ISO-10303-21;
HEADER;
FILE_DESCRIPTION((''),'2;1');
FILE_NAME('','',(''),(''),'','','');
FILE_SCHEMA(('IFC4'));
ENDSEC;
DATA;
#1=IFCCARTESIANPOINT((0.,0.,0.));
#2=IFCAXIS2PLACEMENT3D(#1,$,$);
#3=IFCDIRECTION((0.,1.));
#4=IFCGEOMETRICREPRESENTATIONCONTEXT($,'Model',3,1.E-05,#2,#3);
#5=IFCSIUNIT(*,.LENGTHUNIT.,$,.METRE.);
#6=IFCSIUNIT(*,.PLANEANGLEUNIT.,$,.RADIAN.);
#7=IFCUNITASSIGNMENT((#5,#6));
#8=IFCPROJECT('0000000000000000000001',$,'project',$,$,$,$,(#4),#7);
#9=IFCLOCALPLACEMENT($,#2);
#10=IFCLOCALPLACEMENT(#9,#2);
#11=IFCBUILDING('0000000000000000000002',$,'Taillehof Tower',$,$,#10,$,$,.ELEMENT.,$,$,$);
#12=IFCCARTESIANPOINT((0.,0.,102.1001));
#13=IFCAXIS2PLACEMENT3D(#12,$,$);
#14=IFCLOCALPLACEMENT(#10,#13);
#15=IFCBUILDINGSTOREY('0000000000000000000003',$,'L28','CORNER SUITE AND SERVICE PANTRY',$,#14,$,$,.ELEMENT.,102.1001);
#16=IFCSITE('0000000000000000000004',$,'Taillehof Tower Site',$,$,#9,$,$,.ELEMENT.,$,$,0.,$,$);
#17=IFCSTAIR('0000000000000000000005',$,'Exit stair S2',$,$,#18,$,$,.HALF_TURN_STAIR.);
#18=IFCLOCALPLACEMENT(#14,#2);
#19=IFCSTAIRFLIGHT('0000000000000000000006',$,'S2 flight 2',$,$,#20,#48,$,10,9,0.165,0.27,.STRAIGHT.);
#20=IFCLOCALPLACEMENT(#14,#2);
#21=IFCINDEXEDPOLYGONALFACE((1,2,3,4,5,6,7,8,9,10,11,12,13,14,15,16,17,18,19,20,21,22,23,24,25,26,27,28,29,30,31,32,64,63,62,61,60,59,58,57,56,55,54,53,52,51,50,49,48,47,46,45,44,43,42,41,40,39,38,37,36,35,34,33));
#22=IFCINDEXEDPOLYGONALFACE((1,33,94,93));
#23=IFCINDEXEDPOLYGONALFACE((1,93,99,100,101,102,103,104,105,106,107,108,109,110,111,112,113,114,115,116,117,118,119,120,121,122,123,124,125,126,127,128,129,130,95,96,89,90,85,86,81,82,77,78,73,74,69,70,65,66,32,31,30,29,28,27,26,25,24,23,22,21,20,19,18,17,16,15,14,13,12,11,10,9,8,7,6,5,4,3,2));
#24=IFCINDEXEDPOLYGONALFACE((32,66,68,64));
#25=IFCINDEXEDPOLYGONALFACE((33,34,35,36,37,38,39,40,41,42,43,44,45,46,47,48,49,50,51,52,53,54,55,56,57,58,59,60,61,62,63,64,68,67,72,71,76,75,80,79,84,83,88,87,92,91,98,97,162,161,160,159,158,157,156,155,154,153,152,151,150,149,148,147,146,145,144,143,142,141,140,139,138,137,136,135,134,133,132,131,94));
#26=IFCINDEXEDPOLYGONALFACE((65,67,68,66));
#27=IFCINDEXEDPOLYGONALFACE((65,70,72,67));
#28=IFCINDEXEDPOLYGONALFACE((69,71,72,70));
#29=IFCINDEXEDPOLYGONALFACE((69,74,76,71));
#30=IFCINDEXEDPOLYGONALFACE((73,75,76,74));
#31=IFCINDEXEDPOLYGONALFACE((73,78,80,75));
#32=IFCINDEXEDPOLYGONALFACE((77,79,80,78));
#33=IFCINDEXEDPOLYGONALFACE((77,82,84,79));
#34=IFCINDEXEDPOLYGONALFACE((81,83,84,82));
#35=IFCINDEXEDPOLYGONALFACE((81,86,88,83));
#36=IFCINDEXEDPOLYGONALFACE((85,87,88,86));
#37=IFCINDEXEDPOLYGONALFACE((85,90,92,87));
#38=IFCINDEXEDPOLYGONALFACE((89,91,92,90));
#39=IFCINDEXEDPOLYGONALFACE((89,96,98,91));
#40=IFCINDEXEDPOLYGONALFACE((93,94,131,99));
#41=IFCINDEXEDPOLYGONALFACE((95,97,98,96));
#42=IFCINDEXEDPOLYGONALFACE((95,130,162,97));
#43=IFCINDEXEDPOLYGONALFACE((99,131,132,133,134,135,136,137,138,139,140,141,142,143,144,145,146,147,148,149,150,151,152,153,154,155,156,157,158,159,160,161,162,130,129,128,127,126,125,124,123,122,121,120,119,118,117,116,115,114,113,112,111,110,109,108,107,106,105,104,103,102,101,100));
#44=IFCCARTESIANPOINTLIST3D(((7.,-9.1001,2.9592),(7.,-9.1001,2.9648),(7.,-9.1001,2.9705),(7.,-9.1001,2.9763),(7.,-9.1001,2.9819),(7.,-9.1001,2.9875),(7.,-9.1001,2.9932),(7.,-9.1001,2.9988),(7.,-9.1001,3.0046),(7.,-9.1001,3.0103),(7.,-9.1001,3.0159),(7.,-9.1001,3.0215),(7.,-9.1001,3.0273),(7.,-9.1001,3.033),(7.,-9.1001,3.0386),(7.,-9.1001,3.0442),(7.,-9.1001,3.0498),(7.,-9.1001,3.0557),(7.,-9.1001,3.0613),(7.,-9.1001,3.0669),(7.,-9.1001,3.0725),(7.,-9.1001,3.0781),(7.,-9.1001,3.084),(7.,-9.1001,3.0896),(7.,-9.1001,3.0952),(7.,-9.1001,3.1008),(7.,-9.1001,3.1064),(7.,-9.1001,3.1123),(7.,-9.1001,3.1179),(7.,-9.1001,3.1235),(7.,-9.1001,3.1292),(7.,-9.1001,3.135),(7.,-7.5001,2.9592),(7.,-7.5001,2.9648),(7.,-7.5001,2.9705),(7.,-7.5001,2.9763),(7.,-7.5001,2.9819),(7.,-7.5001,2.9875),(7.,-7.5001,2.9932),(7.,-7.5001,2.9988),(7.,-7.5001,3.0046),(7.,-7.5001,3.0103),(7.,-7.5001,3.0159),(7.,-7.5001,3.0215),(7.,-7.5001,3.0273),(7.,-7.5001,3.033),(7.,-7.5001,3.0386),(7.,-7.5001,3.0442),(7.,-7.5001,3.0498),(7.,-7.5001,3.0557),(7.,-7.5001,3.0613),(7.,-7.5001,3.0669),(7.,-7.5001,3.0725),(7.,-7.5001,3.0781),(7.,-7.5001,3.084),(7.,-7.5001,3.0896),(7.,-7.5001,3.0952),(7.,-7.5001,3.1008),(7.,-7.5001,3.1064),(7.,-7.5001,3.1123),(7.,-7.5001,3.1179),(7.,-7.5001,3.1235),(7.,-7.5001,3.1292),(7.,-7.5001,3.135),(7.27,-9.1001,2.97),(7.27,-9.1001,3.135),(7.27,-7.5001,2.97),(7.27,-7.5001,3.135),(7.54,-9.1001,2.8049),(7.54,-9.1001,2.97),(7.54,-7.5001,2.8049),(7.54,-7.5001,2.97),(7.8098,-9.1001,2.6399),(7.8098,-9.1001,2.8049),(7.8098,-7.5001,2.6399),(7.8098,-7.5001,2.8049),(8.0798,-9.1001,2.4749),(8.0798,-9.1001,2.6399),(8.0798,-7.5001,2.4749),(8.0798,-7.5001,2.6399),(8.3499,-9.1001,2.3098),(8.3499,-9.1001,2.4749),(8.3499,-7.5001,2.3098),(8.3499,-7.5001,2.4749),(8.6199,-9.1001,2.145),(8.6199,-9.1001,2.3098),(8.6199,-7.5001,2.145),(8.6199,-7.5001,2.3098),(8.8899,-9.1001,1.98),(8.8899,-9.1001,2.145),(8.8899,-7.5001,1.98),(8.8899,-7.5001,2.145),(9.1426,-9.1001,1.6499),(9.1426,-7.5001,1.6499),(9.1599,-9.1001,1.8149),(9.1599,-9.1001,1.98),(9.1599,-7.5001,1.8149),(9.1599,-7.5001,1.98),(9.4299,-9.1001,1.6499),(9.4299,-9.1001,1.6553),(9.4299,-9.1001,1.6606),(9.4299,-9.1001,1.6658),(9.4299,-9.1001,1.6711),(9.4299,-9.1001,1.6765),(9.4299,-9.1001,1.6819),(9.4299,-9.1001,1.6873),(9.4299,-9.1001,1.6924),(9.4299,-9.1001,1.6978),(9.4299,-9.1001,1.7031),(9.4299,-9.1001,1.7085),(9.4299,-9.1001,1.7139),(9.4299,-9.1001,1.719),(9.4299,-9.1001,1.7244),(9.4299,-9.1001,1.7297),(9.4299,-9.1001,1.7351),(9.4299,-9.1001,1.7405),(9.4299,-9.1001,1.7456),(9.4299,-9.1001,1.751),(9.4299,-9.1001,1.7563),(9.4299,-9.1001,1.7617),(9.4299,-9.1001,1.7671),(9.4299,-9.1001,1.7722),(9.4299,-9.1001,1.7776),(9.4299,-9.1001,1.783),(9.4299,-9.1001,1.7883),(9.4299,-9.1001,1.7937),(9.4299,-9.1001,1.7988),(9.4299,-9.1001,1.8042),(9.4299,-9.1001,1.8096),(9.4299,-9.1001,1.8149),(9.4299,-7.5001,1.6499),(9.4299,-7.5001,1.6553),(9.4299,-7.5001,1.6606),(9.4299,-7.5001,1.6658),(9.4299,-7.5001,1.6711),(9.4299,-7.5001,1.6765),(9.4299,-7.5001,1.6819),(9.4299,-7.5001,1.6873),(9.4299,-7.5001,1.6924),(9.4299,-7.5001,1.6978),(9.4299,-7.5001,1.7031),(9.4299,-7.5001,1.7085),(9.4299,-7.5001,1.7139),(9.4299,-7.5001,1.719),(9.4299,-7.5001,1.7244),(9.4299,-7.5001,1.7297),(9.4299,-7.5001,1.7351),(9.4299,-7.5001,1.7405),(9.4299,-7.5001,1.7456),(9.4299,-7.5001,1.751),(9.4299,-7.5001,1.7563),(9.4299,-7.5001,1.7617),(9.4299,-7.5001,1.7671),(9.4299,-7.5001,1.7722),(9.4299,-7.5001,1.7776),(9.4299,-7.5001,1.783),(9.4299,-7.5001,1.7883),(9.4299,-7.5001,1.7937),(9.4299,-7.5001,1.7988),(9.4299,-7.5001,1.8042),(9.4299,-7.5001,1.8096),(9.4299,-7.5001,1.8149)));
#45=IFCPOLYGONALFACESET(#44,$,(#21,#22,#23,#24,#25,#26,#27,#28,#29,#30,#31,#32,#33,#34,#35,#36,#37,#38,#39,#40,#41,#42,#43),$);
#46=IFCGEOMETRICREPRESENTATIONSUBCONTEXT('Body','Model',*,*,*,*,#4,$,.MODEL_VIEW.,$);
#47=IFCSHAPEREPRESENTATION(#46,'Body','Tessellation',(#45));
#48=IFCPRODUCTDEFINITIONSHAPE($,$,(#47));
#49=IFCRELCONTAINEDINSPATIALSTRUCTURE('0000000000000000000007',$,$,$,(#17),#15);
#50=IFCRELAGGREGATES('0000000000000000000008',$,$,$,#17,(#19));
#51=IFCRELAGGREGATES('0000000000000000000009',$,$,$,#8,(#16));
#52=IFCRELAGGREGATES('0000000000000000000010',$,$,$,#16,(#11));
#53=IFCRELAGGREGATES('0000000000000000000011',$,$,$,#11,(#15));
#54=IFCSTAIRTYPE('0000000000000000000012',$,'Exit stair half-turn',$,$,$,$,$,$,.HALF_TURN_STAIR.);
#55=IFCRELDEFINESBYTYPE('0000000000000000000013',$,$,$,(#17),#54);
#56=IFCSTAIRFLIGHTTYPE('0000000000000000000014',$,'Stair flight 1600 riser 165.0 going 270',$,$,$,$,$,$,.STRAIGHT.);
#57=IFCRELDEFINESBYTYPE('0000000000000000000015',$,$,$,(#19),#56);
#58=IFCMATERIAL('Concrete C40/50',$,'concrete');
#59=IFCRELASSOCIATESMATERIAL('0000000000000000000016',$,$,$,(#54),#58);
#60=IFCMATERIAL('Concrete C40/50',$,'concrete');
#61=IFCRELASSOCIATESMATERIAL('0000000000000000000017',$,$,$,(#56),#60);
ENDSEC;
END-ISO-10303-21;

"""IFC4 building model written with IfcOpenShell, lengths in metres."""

from ifc_helpers import new_model, si_unit, direction, frame, origin, place, context, subcontext, project, spatial, polyline, outline, extrude, material, type_object, element, aggregate, save


model = new_model("IFC4")

# Units and contexts
model_context = context("Model", 3, precision=1e-05, world=origin(), true_north=direction((0.0, 1.0)))
body_context = subcontext(model_context, "Body", "Model", "MODEL_VIEW")
ifc_project = project(units=[si_unit("LENGTHUNIT", "METRE"), si_unit("PLANEANGLEUNIT", "RADIAN")], contexts=[model_context])

# Site, building, storey
site_placement = place(None, origin())
site = spatial("IfcSite", under=ifc_project, at=site_placement, Name="Taillehof Tower Site", CompositionType="ELEMENT", RefElevation=0.0)
building_placement = place(site_placement, origin())
building = spatial("IfcBuilding", under=site, at=building_placement, Name="Taillehof Tower", CompositionType="ELEMENT")
storey_placement = place(building_placement, frame((0.0, 0.0, 102.1001)))
storey = spatial("IfcBuildingStorey", under=building, at=storey_placement, Name="L28", Description="CORNER SUITE AND SERVICE PANTRY", CompositionType="ELEMENT", Elevation=102.1001)

# Stair, stair flight
ifc_material_1 = material(Name="Concrete C40/50", Category="concrete")
stair_type = type_object("IfcStairType", Name="Exit stair half-turn", PredefinedType="HALF_TURN_STAIR", material=ifc_material_1)
stair_placement = place(storey_placement, origin())
stair = element("IfcStair", 1, at=stair_placement, inside=storey, type_object=stair_type, Name="Exit stair S2", PredefinedType="HALF_TURN_STAIR")
ifc_material_2 = material(Name="Concrete C40/50", Category="concrete")
stair_flight_type = type_object("IfcStairFlightType", Name="Stair flight 1600 riser 165.0 going 270", PredefinedType="STRAIGHT", material=ifc_material_2)
stair_flight_1_placement = place(storey_placement, frame((9.4299, -8.3, 1.6499), z_axis=(0.0, 0.0, 1.0), x_axis=(-1.0, 0.0, 0.0)))
stair_flight_1 = element("IfcStairFlight", 2, at=stair_flight_1_placement, type_object=stair_flight_type, Name="S2 flight 2", NumberOfRisers=10, NumberOfTreads=9, PredefinedType="STRAIGHT", RiserHeight=0.165, TreadLength=0.27, context=body_context, shape_type="SweptSolid", body=[
    extrude(outline(polyline([(0.0, 0.0), (0.0, 0.0054), (0.0, 0.0107), (0.0, 0.0159), (0.0, 0.0212), (0.0, 0.0266), (0.0, 0.032), (0.0, 0.0374), (0.0, 0.0425), (0.0, 0.0479), (0.0, 0.0532), (0.0, 0.0586), (0.0, 0.064), (0.0, 0.0691), (0.0, 0.0745), (0.0, 0.0798), (0.0, 0.0852), (0.0, 0.0906), (0.0, 0.0957), (0.0, 0.1011), (0.0, 0.1064), (0.0, 0.1118), (0.0, 0.1172), (0.0, 0.1223), (0.0, 0.1277), (0.0, 0.1331), (0.0, 0.1384), (0.0, 0.1438), (0.0, 0.1489), (0.0, 0.1543), (0.0, 0.1597), (0.0, 0.165), (0.27, 0.165), (0.27, 0.3301), (0.54, 0.3301), (0.54, 0.4951), (0.8101, 0.4951), (0.8101, 0.6599), (1.0801, 0.6599), (1.0801, 0.825), (1.3501, 0.825), (1.3501, 0.99), (1.6201, 0.99), (1.6201, 1.155), (1.8899, 1.155), (1.8899, 1.3201), (2.1599, 1.3201), (2.1599, 1.4851), (2.4299, 1.4851), (2.4299, 1.4792), (2.4299, 1.4736), (2.4299, 1.468), (2.4299, 1.4624), (2.4299, 1.4565), (2.4299, 1.4509), (2.4299, 1.4453), (2.4299, 1.4397), (2.4299, 1.4341), (2.4299, 1.4282), (2.4299, 1.4226), (2.4299, 1.417), (2.4299, 1.4114), (2.4299, 1.4058), (2.4299, 1.3999), (2.4299, 1.3943), (2.4299, 1.3887), (2.4299, 1.3831), (2.4299, 1.3774), (2.4299, 1.3716), (2.4299, 1.366), (2.4299, 1.3604), (2.4299, 1.3547), (2.4299, 1.3489), (2.4299, 1.3433), (2.4299, 1.3376), (2.4299, 1.332), (2.4299, 1.3264), (2.4299, 1.3206), (2.4299, 1.3149), (2.4299, 1.3093), (0.2874, 0.0), (0.0, 0.0)])), frame((0.0, 0.8, 0.0), z_axis=(0.0, -1.0, 0.0), x_axis=(1.0, 0.0, 0.0)), (0.0, 0.0, 1.0), 1.6),
])
aggregate(stair, [stair_flight_1])

save(model, "model.ifc")
